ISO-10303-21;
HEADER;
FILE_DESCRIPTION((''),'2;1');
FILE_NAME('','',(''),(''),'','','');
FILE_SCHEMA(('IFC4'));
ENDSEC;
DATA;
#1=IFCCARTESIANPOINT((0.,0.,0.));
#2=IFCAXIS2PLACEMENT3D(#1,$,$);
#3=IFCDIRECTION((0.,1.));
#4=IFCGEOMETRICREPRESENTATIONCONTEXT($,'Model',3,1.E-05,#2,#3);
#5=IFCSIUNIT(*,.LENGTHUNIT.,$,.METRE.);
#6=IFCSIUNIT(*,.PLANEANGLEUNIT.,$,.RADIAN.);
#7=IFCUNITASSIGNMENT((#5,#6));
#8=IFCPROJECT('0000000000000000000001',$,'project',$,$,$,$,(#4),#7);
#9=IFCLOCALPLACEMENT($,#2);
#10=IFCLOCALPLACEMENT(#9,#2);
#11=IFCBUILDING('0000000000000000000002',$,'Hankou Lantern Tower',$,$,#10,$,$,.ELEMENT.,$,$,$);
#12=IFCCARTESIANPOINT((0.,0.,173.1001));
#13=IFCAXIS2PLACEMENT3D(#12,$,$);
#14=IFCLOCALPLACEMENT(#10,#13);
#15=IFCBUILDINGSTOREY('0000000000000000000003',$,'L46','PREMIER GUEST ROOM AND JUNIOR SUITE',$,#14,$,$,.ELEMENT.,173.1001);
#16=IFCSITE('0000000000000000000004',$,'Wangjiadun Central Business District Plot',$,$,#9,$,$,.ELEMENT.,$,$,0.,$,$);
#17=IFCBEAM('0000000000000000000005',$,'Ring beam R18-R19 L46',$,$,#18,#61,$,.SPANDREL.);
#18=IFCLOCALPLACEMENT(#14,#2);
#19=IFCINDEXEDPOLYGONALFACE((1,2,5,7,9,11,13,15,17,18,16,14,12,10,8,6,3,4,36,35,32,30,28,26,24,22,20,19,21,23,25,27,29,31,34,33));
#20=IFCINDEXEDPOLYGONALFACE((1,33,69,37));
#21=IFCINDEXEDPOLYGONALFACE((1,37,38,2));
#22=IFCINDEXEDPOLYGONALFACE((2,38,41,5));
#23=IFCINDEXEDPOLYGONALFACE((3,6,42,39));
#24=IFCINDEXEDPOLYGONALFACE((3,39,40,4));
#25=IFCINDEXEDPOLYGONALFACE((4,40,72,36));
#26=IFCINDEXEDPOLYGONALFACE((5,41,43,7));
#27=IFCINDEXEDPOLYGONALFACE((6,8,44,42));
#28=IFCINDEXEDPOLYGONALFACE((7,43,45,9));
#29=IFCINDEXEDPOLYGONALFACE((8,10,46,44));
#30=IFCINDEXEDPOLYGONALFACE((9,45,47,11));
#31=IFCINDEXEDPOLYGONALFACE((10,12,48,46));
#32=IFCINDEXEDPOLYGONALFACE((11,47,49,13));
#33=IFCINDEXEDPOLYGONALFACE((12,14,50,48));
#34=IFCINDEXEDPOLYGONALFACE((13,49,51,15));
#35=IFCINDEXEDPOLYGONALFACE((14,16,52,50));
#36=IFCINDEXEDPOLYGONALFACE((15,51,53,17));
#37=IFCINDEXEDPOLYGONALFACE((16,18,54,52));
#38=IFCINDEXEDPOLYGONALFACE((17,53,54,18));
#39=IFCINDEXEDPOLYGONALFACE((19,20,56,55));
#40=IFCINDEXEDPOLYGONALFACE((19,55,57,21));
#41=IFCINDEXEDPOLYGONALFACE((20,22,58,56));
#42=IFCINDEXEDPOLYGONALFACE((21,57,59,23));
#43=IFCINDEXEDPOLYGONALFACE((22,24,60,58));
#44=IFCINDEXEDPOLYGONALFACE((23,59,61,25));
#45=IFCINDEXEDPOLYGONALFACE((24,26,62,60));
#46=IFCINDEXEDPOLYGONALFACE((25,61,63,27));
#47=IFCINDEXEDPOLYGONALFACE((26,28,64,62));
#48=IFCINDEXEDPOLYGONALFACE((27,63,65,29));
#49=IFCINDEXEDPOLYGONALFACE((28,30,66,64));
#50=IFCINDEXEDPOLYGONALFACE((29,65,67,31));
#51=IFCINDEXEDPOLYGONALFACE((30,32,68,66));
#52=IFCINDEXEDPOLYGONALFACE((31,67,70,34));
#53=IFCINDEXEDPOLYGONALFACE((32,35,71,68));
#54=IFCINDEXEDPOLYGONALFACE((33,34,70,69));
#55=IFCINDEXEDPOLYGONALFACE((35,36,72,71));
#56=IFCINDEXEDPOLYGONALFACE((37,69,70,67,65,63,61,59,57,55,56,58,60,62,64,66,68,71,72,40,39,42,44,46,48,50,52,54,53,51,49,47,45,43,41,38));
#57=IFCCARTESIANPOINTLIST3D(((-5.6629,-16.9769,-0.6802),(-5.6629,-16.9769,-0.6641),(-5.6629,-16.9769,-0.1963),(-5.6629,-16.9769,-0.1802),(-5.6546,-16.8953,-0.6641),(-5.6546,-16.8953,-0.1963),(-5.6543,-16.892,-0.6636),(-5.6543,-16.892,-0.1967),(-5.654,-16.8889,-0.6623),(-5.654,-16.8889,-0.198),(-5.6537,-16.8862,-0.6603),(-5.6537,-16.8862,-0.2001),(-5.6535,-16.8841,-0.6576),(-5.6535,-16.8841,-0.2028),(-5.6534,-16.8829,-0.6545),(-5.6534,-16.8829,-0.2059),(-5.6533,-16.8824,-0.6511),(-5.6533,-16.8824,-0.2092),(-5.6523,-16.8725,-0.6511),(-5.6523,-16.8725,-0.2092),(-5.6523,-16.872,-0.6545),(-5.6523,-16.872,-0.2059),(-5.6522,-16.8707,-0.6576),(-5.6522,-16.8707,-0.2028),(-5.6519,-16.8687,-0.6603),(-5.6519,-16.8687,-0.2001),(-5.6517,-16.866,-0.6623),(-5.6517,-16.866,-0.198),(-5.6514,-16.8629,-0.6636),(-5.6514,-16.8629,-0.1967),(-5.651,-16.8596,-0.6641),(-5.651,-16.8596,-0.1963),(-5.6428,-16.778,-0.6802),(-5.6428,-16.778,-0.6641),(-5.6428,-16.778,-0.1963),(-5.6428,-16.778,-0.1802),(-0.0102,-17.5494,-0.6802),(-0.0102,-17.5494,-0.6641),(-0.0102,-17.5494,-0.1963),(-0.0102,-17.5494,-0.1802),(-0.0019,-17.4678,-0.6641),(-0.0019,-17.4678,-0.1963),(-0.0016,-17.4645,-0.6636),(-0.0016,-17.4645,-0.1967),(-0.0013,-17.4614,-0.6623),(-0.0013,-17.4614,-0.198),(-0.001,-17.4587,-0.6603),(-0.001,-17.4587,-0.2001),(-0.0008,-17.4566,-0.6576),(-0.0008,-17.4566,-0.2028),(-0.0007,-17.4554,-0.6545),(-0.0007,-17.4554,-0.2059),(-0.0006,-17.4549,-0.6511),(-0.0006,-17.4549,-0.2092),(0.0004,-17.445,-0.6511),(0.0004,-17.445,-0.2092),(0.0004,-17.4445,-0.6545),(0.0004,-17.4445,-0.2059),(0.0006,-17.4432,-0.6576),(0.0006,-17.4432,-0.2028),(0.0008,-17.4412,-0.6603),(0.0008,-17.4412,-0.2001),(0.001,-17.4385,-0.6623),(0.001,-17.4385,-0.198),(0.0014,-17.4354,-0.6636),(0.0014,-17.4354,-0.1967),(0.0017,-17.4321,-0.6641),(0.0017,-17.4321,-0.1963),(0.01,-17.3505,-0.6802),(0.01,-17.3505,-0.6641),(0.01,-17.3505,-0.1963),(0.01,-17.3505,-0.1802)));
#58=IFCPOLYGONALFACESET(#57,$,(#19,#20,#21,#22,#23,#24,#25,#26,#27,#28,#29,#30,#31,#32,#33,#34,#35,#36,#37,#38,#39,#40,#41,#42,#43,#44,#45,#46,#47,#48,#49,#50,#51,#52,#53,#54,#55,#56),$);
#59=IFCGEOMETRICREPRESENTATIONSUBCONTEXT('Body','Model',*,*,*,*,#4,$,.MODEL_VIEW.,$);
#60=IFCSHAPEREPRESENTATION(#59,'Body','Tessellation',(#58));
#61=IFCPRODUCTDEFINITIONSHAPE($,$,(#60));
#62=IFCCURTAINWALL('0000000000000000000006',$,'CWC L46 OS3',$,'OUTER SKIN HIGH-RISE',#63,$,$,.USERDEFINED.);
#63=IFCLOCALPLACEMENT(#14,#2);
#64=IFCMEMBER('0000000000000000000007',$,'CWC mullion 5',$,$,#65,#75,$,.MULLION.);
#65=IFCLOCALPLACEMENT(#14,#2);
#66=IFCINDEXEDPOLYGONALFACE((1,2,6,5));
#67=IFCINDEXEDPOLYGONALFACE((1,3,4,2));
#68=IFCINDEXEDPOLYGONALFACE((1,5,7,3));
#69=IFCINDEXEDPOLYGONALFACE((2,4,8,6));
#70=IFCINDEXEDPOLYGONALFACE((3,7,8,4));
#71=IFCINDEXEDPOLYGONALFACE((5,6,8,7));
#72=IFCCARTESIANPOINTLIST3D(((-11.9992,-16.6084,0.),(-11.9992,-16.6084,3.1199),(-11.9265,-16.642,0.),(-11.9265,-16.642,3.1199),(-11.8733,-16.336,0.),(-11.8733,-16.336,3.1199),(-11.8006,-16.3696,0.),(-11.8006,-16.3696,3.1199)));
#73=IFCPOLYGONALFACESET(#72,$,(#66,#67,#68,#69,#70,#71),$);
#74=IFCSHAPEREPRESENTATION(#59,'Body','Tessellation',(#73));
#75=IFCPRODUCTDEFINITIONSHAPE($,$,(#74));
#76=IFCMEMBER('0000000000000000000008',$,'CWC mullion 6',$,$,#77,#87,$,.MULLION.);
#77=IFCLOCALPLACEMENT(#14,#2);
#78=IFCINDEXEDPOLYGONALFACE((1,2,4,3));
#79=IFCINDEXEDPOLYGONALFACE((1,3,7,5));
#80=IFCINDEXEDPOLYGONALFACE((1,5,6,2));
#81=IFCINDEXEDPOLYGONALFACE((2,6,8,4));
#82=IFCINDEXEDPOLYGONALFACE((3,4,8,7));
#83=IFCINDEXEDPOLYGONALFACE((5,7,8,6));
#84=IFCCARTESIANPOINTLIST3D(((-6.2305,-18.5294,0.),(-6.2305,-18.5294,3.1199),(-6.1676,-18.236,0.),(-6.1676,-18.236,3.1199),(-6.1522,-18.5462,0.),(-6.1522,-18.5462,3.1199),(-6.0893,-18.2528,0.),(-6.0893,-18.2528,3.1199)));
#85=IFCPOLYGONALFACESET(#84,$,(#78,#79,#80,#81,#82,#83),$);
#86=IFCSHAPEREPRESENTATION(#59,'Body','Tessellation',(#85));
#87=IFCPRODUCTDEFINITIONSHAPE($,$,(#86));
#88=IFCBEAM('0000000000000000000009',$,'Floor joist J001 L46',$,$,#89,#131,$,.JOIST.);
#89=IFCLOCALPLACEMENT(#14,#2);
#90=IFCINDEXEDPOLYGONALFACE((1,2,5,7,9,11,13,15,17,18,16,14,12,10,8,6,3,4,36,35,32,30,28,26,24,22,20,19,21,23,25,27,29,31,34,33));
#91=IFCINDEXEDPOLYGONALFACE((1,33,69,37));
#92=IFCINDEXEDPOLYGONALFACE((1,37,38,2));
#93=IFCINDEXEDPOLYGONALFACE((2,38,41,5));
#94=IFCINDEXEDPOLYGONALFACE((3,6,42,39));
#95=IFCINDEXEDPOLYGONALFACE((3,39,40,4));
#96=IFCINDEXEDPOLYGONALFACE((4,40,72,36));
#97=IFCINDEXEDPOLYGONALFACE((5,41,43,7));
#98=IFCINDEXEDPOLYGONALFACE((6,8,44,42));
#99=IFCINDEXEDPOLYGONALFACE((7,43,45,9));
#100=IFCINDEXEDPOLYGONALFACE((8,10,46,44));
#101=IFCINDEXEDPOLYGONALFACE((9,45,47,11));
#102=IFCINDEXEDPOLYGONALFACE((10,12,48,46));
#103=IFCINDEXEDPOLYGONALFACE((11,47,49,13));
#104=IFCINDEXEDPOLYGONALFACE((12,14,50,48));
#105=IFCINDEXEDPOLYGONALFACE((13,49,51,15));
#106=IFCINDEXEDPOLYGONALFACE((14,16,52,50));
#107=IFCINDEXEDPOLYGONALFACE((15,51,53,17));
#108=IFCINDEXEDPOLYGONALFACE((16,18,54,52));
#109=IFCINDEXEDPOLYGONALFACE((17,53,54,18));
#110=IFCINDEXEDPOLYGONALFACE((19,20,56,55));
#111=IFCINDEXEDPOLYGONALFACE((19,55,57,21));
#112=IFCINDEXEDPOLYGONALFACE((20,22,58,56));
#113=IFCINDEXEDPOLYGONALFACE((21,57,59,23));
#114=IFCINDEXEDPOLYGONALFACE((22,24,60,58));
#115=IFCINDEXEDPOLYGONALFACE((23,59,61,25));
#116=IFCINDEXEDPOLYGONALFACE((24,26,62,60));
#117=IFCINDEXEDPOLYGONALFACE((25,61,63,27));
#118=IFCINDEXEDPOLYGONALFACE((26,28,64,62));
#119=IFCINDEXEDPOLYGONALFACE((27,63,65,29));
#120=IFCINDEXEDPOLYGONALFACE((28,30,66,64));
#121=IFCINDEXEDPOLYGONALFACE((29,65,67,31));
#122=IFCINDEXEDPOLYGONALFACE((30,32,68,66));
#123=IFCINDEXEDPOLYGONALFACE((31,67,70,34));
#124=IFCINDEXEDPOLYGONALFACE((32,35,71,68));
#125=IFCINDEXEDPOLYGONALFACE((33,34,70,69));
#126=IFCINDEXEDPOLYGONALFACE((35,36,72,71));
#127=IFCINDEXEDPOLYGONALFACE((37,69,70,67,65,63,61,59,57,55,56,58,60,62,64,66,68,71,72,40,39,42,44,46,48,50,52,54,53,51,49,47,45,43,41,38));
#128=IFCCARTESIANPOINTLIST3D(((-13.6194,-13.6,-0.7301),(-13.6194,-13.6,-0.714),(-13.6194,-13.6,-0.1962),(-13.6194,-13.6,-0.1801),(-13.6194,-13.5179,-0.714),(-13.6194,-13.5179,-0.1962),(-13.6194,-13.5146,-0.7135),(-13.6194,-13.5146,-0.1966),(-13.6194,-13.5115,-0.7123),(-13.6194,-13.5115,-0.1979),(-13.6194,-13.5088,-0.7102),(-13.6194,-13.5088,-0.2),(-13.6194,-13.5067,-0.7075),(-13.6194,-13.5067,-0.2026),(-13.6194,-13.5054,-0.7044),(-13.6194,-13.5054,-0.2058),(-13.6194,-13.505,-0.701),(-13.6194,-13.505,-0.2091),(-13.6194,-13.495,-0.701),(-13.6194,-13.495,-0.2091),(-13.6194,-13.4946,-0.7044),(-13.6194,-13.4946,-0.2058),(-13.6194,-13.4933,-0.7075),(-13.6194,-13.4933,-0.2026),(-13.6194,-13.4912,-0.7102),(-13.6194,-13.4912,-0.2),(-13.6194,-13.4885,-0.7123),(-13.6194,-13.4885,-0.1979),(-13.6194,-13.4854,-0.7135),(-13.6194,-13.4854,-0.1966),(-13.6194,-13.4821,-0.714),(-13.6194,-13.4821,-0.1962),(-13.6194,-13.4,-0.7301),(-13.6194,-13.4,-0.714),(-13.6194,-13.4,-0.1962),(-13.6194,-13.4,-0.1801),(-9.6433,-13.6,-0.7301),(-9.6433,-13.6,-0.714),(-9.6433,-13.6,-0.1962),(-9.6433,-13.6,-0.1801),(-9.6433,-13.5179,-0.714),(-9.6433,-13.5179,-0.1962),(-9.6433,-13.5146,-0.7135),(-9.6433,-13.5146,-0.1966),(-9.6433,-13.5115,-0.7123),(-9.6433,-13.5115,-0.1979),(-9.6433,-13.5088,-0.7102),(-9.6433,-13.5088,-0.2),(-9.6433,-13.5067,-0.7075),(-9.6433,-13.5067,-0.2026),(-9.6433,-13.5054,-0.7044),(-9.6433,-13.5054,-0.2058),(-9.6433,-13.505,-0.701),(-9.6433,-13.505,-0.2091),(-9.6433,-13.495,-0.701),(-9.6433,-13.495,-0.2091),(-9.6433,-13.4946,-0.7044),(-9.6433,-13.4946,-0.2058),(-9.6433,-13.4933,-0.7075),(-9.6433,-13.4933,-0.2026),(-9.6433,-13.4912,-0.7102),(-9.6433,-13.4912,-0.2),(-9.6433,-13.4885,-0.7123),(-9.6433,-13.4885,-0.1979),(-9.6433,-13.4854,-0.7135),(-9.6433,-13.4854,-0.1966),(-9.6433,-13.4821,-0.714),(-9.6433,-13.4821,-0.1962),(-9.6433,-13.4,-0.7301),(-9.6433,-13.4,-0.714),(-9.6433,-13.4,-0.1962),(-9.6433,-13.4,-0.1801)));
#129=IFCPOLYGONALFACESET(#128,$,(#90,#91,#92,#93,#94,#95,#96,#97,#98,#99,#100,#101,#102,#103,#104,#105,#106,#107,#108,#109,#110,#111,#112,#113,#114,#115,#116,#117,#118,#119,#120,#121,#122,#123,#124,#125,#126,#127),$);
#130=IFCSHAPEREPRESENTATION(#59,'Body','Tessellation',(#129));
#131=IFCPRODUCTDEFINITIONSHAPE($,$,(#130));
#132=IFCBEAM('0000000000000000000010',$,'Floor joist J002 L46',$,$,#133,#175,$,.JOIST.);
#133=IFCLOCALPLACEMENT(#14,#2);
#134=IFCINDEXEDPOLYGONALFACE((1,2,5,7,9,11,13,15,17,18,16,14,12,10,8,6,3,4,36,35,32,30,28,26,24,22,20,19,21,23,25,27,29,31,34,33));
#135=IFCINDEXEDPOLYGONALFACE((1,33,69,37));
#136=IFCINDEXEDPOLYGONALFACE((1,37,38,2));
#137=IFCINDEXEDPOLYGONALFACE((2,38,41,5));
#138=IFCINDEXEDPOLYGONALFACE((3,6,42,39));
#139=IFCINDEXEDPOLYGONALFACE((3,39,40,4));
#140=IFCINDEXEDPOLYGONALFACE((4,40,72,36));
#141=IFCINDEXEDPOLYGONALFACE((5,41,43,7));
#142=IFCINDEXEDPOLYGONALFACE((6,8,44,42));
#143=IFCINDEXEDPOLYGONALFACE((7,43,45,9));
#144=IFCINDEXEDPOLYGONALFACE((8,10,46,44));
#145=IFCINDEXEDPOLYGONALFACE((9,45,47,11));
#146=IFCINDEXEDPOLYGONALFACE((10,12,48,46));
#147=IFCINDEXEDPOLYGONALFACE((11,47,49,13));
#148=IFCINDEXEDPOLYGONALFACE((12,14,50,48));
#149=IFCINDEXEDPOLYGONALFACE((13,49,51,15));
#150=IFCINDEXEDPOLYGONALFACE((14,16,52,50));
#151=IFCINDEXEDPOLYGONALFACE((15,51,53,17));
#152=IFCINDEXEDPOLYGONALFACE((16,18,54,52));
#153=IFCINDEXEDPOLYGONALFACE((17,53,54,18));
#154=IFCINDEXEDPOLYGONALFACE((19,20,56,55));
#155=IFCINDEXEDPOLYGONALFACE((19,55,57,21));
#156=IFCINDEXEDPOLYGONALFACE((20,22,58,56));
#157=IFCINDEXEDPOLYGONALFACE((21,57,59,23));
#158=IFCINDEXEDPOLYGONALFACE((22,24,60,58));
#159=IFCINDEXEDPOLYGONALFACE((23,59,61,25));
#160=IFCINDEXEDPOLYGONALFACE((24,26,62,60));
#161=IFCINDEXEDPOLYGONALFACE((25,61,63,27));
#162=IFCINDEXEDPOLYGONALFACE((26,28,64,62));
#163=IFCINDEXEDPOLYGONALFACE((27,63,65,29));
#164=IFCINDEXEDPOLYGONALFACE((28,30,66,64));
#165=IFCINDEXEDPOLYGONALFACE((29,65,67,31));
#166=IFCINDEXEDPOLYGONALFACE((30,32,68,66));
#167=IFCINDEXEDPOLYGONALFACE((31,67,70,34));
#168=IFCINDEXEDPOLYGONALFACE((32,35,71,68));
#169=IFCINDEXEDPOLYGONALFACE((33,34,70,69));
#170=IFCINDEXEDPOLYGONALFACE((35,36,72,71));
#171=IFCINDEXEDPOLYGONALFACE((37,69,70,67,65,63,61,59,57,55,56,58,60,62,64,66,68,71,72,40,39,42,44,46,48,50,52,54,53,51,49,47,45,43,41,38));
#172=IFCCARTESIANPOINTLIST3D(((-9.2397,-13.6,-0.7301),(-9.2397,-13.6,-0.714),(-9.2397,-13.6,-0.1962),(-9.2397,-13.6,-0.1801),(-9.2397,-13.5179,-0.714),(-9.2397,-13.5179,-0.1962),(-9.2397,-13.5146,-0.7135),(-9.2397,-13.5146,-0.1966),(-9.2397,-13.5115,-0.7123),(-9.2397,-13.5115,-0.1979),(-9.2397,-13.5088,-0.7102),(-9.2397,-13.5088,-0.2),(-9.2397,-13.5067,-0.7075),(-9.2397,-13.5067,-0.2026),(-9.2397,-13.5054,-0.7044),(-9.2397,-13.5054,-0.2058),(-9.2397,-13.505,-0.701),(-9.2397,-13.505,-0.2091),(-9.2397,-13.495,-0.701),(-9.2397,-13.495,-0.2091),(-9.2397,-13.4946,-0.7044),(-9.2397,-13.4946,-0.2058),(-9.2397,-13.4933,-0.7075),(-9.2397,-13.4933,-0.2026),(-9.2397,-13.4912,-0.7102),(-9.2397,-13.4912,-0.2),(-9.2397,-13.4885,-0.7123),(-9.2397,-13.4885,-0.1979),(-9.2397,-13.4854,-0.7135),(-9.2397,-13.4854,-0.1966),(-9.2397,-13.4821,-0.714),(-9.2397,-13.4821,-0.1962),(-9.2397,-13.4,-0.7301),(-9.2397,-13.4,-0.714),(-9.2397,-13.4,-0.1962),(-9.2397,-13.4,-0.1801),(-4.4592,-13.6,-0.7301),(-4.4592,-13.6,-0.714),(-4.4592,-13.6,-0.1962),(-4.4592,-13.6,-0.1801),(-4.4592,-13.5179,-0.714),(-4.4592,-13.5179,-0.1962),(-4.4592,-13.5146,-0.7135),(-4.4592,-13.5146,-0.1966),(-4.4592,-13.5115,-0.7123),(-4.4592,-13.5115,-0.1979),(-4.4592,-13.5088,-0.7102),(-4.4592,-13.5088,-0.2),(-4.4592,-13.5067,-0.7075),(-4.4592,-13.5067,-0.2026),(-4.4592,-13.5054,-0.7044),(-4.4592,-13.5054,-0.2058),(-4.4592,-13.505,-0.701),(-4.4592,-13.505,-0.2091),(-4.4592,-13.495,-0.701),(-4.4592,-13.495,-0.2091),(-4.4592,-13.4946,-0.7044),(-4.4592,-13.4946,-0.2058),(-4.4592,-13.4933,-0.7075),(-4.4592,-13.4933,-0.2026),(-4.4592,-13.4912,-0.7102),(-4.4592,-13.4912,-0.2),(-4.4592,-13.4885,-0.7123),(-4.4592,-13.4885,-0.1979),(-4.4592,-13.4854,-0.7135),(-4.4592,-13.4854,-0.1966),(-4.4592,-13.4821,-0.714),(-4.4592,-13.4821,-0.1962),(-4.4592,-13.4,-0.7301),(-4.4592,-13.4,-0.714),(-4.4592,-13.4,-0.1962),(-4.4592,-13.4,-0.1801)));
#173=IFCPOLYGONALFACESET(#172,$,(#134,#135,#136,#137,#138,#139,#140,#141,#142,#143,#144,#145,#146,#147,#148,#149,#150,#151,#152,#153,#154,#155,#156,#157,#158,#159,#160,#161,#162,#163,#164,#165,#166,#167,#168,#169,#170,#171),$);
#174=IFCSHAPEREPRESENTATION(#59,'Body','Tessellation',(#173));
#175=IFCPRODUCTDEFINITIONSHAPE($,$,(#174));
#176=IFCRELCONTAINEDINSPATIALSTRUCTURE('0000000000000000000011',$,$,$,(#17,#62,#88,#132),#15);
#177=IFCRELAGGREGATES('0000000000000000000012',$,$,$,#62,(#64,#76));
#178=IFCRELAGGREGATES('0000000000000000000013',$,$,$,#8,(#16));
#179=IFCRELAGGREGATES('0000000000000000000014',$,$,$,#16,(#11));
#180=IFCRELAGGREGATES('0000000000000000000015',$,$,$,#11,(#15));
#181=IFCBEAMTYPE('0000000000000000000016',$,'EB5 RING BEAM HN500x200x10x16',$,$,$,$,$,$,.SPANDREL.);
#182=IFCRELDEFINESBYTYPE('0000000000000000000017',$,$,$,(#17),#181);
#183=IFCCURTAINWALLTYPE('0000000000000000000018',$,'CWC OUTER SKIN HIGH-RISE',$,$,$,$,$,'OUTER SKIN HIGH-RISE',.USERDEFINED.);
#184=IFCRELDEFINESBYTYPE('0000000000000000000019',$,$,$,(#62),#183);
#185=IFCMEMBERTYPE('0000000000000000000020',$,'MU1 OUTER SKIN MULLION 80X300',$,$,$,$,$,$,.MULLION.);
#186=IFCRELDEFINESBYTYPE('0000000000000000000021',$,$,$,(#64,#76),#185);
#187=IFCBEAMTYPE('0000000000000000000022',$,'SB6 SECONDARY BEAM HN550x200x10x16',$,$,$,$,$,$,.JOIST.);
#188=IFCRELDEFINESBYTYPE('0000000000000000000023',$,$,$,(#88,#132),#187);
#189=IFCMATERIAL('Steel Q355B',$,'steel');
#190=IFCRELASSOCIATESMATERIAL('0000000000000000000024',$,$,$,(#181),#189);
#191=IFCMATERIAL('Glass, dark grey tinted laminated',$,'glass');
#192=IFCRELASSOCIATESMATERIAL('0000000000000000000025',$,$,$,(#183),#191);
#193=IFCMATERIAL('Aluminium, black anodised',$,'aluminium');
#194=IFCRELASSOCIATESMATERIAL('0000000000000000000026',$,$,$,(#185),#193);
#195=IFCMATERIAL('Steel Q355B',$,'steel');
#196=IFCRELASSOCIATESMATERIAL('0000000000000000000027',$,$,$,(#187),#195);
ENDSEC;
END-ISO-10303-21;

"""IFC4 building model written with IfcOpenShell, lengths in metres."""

from ifc_helpers import new_model, si_unit, direction, frame, origin, origin_2d, place, context, subcontext, project, spatial, rectangle, i_section, extrude, material, material_profile, profile_set, type_object, element, aggregate, save


model = new_model("IFC4")

# Units and contexts
model_context = context("Model", 3, precision=1e-05, world=origin(), true_north=direction((0.0, 1.0)))
body_context = subcontext(model_context, "Body", "Model", "MODEL_VIEW")
ifc_project = project(units=[si_unit("LENGTHUNIT", "METRE"), si_unit("PLANEANGLEUNIT", "RADIAN")], contexts=[model_context])

# Site, building, storey
site_placement = place(None, origin())
site = spatial("IfcSite", under=ifc_project, at=site_placement, Name="Wangjiadun Central Business District Plot", CompositionType="ELEMENT", RefElevation=0.0)
building_placement = place(site_placement, origin())
building = spatial("IfcBuilding", under=site, at=building_placement, Name="Hankou Lantern Tower", CompositionType="ELEMENT")
storey_placement = place(building_placement, frame((0.0, 0.0, 173.1001)))
storey = spatial("IfcBuildingStorey", under=building, at=storey_placement, Name="L46", Description="PREMIER GUEST ROOM AND JUNIOR SUITE", CompositionType="ELEMENT", Elevation=173.1001)

# Beam
ifc_material_1 = material(Name="Steel Q355B", Category="steel")
ifc_material_profile_1 = material_profile(ifc_material_1, i_section(OverallWidth=0.2, OverallDepth=0.5, WebThickness=0.01, FlangeThickness=0.0161, FilletRadius=0.0129, at=origin_2d()), Name="HN500x200x10x16")
ifc_profile_set_1 = profile_set([ifc_material_profile_1], Name="Steel Q355B")
beam_type_1 = type_object("IfcBeamType", Name="EB5 RING BEAM HN500x200x10x16", PredefinedType="SPANDREL", material=ifc_profile_set_1)
beam_1_placement = place(storey_placement, frame((-5.6528, -16.8774, -0.4302), z_axis=(0.99491, -0.100763, 0.0), x_axis=(0.100763, 0.99491, 0.0)))
element("IfcBeam", 1, at=beam_1_placement, inside=storey, type_object=beam_type_1, Name="Ring beam R18-R19 L46", PredefinedType="SPANDREL", context=body_context, shape_type="SweptSolid", body=[
    extrude(i_section(OverallWidth=0.2, OverallDepth=0.5, WebThickness=0.01, FlangeThickness=0.0161, FilletRadius=0.0129, at=origin_2d()), origin(), (0.0, 0.0, 1.0), 5.6816),
])

# Curtain wall, members
ifc_material_2 = material(Name="Glass, dark grey tinted laminated", Category="glass")
curtain_wall_type = type_object("IfcCurtainWallType", Name="CWC OUTER SKIN HIGH-RISE", ElementType="OUTER SKIN HIGH-RISE", PredefinedType="USERDEFINED", material=ifc_material_2)
curtain_wall_placement = place(storey_placement, origin())
curtain_wall = element("IfcCurtainWall", 2, at=curtain_wall_placement, inside=storey, type_object=curtain_wall_type, Name="CWC L46 OS3", ObjectType="OUTER SKIN HIGH-RISE", PredefinedType="USERDEFINED")
ifc_material_3 = material(Name="Aluminium, black anodised", Category="aluminium")
ifc_material_profile_2 = material_profile(ifc_material_3, rectangle(XDim=0.0801, YDim=0.3, at=origin_2d()), Name="MU1 80X300")
ifc_profile_set_2 = profile_set([ifc_material_profile_2], Name="Aluminium, black anodised")
member_type_1 = type_object("IfcMemberType", Name="MU1 OUTER SKIN MULLION 80X300", PredefinedType="MULLION", material=ifc_profile_set_2)
member_1_placement = place(storey_placement, frame((-11.8999, -16.489, 0.0), z_axis=(0.0, 0.0, 1.0), x_axis=(0.907841, -0.419314, 0.0)))
member_1 = element("IfcMember", 3, at=member_1_placement, type_object=member_type_1, Name="CWC mullion 5", PredefinedType="MULLION", context=body_context, shape_type="SweptSolid", body=[
    extrude(rectangle(XDim=0.0801, YDim=0.3, at=origin_2d()), origin(), (0.0, 0.0, 1.0), 3.1199),
])
member_2_placement = place(storey_placement, frame((-6.1599, -18.3911, 0.0), z_axis=(0.0, 0.0, 1.0), x_axis=(0.977788, -0.209598, 0.0)))
member_2 = element("IfcMember", 4, at=member_2_placement, type_object=member_type_1, Name="CWC mullion 6", PredefinedType="MULLION", context=body_context, shape_type="SweptSolid", body=[
    extrude(rectangle(XDim=0.0801, YDim=0.3, at=origin_2d()), origin(), (0.0, 0.0, 1.0), 3.1199),
])

# Beams
ifc_material_4 = material(Name="Steel Q355B", Category="steel")
ifc_material_profile_3 = material_profile(ifc_material_4, i_section(OverallWidth=0.2, OverallDepth=0.55, WebThickness=0.01, FlangeThickness=0.0161, FilletRadius=0.0129, at=origin_2d()), Name="HN550x200x10x16")
ifc_profile_set_3 = profile_set([ifc_material_profile_3], Name="Steel Q355B")
beam_type_2 = type_object("IfcBeamType", Name="SB6 SECONDARY BEAM HN550x200x10x16", PredefinedType="JOIST", material=ifc_profile_set_3)
beam_2_placement = place(storey_placement, frame((-13.6194, -13.5, -0.4551), z_axis=(1.0, 0.0, 0.0), x_axis=(0.0, 1.0, 0.0)))
element("IfcBeam", 5, at=beam_2_placement, inside=storey, type_object=beam_type_2, Name="Floor joist J001 L46", PredefinedType="JOIST", context=body_context, shape_type="SweptSolid", body=[
    extrude(i_section(OverallWidth=0.2, OverallDepth=0.55, WebThickness=0.01, FlangeThickness=0.0161, FilletRadius=0.0129, at=origin_2d()), origin(), (0.0, 0.0, 1.0), 3.9761),
])
beam_3_placement = place(storey_placement, frame((-9.2397, -13.5, -0.4551), z_axis=(1.0, 0.0, 0.0), x_axis=(0.0, 1.0, 0.0)))
element("IfcBeam", 6, at=beam_3_placement, inside=storey, type_object=beam_type_2, Name="Floor joist J002 L46", PredefinedType="JOIST", context=body_context, shape_type="SweptSolid", body=[
    extrude(i_section(OverallWidth=0.2, OverallDepth=0.55, WebThickness=0.01, FlangeThickness=0.0161, FilletRadius=0.0129, at=origin_2d()), origin(), (0.0, 0.0, 1.0), 4.7805),
])

aggregate(curtain_wall, [member_1, member_2])

save(model, "model.ifc")
